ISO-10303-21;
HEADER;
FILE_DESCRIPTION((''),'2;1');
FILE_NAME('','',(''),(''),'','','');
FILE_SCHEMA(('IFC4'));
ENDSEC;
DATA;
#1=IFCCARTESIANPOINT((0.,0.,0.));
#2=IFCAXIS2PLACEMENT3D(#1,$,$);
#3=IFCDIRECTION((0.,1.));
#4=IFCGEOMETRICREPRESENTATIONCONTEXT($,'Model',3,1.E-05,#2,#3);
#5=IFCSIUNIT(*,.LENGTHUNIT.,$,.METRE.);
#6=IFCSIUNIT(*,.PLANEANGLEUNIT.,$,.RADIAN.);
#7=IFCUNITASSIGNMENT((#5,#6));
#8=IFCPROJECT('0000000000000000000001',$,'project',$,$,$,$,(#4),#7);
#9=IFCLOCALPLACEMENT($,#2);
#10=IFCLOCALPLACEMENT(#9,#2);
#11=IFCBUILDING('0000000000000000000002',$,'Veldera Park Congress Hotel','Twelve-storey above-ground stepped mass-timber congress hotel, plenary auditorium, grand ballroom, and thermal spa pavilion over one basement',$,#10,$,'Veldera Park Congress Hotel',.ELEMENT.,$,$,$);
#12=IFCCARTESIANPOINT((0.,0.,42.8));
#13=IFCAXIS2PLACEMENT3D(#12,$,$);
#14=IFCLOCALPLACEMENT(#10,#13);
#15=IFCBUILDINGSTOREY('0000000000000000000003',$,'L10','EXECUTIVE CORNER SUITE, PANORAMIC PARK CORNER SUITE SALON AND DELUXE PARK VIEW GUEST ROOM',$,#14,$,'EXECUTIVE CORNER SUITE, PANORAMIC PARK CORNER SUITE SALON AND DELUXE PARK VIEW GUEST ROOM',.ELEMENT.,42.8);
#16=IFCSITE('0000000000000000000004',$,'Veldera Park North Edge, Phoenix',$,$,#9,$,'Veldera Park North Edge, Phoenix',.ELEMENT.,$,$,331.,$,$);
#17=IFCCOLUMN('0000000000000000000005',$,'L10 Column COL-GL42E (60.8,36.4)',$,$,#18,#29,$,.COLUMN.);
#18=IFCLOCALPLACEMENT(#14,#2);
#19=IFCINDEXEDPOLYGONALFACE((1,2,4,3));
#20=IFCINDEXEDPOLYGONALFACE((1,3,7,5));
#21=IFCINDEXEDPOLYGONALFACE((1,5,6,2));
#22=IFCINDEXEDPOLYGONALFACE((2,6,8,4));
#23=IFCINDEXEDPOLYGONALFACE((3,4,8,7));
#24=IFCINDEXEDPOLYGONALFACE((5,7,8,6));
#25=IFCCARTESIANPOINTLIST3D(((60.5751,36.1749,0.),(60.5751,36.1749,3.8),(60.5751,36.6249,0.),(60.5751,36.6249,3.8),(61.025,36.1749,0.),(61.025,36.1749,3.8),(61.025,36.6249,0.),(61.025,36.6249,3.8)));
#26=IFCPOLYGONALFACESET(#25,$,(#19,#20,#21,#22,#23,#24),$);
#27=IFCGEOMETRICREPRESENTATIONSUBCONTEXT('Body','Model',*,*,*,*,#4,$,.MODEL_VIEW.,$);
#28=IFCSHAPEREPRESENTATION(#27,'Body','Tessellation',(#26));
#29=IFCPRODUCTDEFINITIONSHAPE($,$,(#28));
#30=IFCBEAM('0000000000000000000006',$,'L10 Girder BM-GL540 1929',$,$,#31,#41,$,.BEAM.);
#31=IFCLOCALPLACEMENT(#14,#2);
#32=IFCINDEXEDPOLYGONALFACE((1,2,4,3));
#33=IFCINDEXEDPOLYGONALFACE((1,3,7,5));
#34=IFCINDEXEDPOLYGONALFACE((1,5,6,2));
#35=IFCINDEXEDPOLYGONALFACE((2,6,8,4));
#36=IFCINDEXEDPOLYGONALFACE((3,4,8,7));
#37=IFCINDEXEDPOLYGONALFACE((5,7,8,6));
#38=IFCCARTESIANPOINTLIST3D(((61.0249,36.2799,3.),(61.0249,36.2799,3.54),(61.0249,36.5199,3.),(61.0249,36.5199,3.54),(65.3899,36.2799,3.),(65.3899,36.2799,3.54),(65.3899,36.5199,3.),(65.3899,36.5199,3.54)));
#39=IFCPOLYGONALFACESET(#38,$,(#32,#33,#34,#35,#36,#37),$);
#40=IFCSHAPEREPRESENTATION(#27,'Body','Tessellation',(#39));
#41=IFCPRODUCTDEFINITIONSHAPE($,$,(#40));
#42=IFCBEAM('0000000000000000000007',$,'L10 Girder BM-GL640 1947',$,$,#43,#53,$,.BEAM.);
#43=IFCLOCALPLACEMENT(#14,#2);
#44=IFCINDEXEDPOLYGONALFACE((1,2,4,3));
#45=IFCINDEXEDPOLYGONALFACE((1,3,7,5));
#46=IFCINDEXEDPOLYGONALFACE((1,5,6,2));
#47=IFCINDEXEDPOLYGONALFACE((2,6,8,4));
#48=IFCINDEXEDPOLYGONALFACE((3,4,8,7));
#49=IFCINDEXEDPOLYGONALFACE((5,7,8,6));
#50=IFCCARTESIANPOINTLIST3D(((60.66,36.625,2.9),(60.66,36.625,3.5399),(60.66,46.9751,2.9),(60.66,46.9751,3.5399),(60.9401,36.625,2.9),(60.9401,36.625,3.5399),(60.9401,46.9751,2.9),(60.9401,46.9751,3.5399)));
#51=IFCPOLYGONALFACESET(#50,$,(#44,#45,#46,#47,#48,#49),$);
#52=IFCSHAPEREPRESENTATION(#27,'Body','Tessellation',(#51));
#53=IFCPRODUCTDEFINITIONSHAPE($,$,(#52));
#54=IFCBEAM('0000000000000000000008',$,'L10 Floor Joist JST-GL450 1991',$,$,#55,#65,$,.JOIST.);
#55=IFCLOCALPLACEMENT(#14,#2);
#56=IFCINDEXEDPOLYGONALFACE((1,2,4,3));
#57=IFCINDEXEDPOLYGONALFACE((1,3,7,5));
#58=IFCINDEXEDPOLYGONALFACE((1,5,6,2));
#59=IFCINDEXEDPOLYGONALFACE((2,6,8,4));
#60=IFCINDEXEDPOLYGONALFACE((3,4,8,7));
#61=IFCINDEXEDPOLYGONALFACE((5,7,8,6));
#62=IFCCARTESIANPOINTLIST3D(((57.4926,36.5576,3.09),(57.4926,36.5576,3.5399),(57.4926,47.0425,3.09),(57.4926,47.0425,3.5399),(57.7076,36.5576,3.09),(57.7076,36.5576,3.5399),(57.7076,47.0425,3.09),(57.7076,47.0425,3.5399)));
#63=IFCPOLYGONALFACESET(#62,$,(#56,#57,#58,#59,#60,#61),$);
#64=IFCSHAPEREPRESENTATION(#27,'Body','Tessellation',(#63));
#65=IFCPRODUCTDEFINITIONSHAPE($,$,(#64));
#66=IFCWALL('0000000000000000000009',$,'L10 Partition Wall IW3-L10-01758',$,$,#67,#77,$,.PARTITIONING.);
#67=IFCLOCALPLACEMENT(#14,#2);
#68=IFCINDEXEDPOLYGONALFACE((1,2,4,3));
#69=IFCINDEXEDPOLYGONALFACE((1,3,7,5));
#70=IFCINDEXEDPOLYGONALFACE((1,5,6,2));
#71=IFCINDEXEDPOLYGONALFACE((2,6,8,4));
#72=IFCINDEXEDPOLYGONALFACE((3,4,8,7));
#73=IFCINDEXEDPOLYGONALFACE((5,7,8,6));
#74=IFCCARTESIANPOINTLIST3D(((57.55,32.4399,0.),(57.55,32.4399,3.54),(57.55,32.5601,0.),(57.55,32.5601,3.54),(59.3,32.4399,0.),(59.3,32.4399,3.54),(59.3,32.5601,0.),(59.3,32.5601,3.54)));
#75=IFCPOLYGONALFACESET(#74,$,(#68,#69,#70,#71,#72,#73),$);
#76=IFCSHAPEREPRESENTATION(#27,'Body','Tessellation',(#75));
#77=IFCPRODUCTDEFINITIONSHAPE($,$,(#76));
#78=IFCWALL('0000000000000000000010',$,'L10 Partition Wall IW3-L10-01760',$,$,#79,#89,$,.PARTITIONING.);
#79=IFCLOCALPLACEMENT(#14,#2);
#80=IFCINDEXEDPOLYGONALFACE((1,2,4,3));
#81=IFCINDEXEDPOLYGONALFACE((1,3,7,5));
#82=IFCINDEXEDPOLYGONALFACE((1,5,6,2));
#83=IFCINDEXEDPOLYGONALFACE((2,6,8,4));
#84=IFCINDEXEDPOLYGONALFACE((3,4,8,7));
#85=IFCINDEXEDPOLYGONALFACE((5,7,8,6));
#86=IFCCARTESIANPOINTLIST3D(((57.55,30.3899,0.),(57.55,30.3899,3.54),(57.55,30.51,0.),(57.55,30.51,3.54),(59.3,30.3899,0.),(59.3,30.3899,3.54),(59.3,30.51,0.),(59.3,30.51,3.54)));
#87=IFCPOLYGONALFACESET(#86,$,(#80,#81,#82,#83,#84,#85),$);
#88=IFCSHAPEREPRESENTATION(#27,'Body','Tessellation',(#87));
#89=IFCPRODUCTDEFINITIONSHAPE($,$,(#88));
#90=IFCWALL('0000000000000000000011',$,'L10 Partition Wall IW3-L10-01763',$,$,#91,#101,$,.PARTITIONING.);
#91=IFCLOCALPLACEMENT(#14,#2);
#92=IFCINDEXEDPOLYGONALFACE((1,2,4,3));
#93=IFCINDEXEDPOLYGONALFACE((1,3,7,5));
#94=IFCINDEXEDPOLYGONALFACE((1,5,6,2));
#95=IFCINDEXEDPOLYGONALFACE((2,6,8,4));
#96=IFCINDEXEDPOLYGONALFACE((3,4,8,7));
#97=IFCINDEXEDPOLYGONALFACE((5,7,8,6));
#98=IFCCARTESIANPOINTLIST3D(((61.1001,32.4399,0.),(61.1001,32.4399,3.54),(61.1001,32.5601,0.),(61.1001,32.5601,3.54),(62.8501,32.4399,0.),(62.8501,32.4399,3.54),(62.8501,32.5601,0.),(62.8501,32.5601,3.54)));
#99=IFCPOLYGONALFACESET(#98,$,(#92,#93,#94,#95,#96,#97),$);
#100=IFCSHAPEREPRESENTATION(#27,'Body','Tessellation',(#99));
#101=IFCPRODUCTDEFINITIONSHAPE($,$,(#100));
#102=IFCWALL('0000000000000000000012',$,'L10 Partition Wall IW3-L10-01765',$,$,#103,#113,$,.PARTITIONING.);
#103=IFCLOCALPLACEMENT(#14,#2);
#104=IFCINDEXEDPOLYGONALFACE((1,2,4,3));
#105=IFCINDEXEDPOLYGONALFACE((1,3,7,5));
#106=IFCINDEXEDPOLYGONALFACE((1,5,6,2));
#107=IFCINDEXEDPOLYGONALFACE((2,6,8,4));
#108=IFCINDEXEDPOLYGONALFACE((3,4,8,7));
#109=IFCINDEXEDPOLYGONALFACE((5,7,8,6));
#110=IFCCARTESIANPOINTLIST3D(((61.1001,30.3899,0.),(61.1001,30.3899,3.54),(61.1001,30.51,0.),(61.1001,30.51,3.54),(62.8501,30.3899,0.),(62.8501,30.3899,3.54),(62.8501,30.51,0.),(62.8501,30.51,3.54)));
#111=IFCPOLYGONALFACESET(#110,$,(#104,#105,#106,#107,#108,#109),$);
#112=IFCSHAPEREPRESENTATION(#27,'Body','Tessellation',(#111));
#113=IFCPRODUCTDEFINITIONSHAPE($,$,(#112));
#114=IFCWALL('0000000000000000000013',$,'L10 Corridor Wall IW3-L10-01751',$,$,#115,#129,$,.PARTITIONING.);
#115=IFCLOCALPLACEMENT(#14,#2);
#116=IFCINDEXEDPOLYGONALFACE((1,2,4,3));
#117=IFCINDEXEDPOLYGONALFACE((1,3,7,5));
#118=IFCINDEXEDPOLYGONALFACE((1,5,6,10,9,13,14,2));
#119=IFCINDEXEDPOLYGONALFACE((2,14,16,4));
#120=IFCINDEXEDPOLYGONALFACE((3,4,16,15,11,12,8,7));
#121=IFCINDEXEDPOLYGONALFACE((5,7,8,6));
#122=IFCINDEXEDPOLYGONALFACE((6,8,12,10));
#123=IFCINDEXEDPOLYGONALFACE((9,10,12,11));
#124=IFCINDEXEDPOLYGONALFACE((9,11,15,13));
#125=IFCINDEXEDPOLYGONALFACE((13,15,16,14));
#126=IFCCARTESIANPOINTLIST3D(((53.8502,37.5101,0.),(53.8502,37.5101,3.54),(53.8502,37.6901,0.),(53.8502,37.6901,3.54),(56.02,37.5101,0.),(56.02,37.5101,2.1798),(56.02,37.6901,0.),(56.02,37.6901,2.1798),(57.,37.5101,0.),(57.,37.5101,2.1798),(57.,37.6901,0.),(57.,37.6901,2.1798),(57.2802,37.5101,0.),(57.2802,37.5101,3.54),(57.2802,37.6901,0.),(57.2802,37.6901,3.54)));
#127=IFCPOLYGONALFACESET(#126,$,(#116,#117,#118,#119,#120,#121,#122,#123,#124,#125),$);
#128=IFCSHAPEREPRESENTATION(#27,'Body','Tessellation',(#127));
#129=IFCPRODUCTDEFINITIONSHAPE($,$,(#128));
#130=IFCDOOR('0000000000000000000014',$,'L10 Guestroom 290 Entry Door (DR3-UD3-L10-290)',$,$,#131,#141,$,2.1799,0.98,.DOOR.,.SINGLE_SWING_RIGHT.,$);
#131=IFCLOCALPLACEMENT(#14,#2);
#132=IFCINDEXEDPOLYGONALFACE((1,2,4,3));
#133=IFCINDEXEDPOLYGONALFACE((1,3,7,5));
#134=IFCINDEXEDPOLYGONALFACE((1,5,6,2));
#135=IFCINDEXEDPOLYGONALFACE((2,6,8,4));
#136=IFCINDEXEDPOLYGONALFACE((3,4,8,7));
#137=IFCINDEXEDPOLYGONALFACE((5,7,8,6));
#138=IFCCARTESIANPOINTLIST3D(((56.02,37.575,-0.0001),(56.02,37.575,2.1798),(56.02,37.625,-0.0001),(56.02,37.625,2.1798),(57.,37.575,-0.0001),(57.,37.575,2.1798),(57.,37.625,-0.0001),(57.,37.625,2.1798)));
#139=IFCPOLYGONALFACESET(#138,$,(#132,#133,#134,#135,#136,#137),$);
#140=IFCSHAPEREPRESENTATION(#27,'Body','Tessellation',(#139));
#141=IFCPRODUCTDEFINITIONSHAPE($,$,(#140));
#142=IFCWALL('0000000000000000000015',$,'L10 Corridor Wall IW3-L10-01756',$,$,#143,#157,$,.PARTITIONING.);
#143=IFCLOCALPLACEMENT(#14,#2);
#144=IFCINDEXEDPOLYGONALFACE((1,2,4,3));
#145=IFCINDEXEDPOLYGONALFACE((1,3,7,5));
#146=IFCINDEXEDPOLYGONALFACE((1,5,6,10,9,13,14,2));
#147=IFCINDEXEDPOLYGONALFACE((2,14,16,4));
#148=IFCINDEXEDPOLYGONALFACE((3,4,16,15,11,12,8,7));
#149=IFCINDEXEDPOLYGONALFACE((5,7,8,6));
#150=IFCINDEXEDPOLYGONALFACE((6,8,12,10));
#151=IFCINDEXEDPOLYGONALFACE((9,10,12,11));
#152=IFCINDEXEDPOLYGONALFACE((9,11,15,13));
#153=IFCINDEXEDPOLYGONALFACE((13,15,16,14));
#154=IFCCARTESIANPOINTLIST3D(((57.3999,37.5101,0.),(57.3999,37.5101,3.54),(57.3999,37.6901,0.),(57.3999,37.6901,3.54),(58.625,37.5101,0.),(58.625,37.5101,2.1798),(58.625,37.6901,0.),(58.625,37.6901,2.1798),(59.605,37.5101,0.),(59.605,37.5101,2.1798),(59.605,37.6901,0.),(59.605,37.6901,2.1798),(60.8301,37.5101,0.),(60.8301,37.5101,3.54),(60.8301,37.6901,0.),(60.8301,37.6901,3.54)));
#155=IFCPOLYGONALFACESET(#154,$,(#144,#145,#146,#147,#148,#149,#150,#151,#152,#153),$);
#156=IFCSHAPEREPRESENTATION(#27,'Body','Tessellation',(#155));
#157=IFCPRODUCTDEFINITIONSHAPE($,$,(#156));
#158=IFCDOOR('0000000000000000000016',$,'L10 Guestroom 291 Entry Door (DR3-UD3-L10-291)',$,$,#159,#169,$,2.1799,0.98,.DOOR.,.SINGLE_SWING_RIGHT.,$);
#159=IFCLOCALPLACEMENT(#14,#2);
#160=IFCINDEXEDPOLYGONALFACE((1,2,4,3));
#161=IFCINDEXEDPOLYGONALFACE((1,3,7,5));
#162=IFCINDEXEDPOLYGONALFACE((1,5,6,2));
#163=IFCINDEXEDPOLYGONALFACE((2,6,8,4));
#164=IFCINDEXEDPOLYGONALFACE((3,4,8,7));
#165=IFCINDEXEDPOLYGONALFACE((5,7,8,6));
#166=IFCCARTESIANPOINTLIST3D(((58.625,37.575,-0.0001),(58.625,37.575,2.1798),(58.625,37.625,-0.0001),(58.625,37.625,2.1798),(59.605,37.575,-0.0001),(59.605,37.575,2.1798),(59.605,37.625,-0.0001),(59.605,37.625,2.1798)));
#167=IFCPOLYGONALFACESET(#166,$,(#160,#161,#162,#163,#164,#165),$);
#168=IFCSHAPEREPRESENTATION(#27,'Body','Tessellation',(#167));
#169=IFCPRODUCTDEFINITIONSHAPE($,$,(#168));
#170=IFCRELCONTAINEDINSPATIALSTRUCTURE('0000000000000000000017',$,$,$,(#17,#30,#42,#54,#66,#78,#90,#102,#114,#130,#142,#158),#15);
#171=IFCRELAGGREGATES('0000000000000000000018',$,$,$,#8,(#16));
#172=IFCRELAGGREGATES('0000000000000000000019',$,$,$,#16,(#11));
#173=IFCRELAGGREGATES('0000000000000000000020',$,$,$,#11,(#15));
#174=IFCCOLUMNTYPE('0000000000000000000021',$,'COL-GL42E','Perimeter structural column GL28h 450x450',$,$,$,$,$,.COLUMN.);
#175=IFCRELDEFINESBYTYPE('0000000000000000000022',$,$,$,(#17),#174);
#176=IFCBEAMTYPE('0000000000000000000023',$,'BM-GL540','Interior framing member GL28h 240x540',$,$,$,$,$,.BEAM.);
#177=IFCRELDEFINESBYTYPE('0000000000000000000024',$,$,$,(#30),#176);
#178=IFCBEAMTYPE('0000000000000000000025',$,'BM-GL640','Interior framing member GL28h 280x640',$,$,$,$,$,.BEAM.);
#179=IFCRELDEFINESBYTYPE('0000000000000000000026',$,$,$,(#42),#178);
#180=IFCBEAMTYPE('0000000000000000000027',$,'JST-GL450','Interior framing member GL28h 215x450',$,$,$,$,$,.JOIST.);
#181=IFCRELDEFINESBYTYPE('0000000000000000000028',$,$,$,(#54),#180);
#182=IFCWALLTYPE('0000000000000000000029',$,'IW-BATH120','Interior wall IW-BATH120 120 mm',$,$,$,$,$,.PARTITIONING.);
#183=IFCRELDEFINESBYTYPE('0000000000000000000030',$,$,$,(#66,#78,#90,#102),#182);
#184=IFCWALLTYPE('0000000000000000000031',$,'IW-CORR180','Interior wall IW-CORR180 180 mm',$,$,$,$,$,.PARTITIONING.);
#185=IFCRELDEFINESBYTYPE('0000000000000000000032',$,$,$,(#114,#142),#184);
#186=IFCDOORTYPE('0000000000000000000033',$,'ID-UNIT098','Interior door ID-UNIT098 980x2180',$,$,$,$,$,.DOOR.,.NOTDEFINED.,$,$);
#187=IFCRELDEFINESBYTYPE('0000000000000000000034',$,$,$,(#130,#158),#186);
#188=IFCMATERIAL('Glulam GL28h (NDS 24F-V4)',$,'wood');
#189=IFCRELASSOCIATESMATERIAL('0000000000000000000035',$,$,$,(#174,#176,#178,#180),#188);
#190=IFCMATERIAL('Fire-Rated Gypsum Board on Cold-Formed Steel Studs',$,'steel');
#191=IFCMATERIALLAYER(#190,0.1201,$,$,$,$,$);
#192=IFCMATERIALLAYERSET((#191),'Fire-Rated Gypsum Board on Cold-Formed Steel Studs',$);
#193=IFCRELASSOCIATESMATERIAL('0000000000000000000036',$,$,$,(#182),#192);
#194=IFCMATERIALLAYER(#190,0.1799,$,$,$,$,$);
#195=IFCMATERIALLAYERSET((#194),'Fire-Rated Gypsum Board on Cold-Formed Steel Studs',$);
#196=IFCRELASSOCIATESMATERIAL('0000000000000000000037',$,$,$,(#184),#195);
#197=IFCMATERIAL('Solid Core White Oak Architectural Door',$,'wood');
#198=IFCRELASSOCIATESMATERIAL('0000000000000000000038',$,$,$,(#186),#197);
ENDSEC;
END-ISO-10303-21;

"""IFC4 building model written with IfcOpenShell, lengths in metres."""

from ifc_helpers import new_model, si_unit, direction, frame, frame_2d, origin, origin_2d, place, context, subcontext, project, spatial, rectangle, extrude, material, layer, layer_set, material_profile, profile_set, type_object, element, fill, save


model = new_model("IFC4")

# Units and contexts
model_context = context("Model", 3, precision=1e-05, world=origin(), true_north=direction((0.0, 1.0)))
body_context = subcontext(model_context, "Body", "Model", "MODEL_VIEW")
ifc_project = project(units=[si_unit("LENGTHUNIT", "METRE"), si_unit("PLANEANGLEUNIT", "RADIAN")], contexts=[model_context])

# Site, building, storey
site_placement = place(None, origin())
site = spatial("IfcSite", under=ifc_project, at=site_placement, Name="Veldera Park North Edge, Phoenix", LongName="Veldera Park North Edge, Phoenix", CompositionType="ELEMENT", RefElevation=331.0)
building_placement = place(site_placement, origin())
building = spatial("IfcBuilding", under=site, at=building_placement, Name="Veldera Park Congress Hotel", Description="Twelve-storey above-ground stepped mass-timber congress hotel, plenary auditorium, grand ballroom, and thermal spa pavilion over one basement", LongName="Veldera Park Congress Hotel", CompositionType="ELEMENT")
storey_placement = place(building_placement, frame((0.0, 0.0, 42.8)))
storey = spatial("IfcBuildingStorey", under=building, at=storey_placement, Name="L10", Description="EXECUTIVE CORNER SUITE, PANORAMIC PARK CORNER SUITE SALON AND DELUXE PARK VIEW GUEST ROOM", LongName="EXECUTIVE CORNER SUITE, PANORAMIC PARK CORNER SUITE SALON AND DELUXE PARK VIEW GUEST ROOM", CompositionType="ELEMENT", Elevation=42.8)

# Column
ifc_material_1 = material(Name="Glulam GL28h (NDS 24F-V4)", Category="wood")
ifc_material_profile_1 = material_profile(ifc_material_1, rectangle(XDim=0.45, YDim=0.45, at=origin_2d()), Name="GL28h 450x450")
ifc_profile_set_1 = profile_set([ifc_material_profile_1], Name="Glulam GL28h (NDS 24F-V4)")
column_type = type_object("IfcColumnType", Name="COL-GL42E", Description="Perimeter structural column GL28h 450x450", PredefinedType="COLUMN", material=ifc_profile_set_1)
column_placement = place(storey_placement, frame((60.8, 36.3999, 0.0), z_axis=(0.0, 0.0, 1.0), x_axis=(1.0, 0.0, 0.0)))
element("IfcColumn", 1, at=column_placement, inside=storey, type_object=column_type, Name="L10 Column COL-GL42E (60.8,36.4)", PredefinedType="COLUMN", context=body_context, shape_type="SweptSolid", body=[
    extrude(rectangle(XDim=0.45, YDim=0.45, at=origin_2d()), origin(), (0.0, 0.0, 1.0), 3.8),
])

# Beams
ifc_material_profile_2 = material_profile(ifc_material_1, rectangle(XDim=0.24, YDim=0.54, at=origin_2d()), Name="GL28h 240x540")
ifc_profile_set_2 = profile_set([ifc_material_profile_2], Name="Glulam GL28h (NDS 24F-V4)")
beam_type_1 = type_object("IfcBeamType", Name="BM-GL540", Description="Interior framing member GL28h 240x540", PredefinedType="BEAM", material=ifc_profile_set_2)
beam_1_placement = place(storey_placement, frame((61.0249, 36.3999, 3.27), z_axis=(1.0, 0.0, 0.0), x_axis=(0.0, 1.0, 0.0)))
element("IfcBeam", 2, at=beam_1_placement, inside=storey, type_object=beam_type_1, Name="L10 Girder BM-GL540 1929", PredefinedType="BEAM", context=body_context, shape_type="SweptSolid", body=[
    extrude(rectangle(XDim=0.24, YDim=0.54, at=origin_2d()), origin(), (0.0, 0.0, 1.0), 4.365),
])
ifc_material_profile_3 = material_profile(ifc_material_1, rectangle(XDim=0.28, YDim=0.6399, at=origin_2d()), Name="GL28h 280x640")
ifc_profile_set_3 = profile_set([ifc_material_profile_3], Name="Glulam GL28h (NDS 24F-V4)")
beam_type_2 = type_object("IfcBeamType", Name="BM-GL640", Description="Interior framing member GL28h 280x640", PredefinedType="BEAM", material=ifc_profile_set_3)
beam_2_placement = place(storey_placement, frame((60.8, 36.625, 3.22), z_axis=(0.0, 1.0, 0.0), x_axis=(-1.0, 0.0, 0.0)))
element("IfcBeam", 3, at=beam_2_placement, inside=storey, type_object=beam_type_2, Name="L10 Girder BM-GL640 1947", PredefinedType="BEAM", context=body_context, shape_type="SweptSolid", body=[
    extrude(rectangle(XDim=0.28, YDim=0.6399, at=origin_2d()), origin(), (0.0, 0.0, 1.0), 10.3501),
])
ifc_material_profile_4 = material_profile(ifc_material_1, rectangle(XDim=0.2151, YDim=0.45, at=origin_2d()), Name="GL28h 215x450")
ifc_profile_set_4 = profile_set([ifc_material_profile_4], Name="Glulam GL28h (NDS 24F-V4)")
beam_type_3 = type_object("IfcBeamType", Name="JST-GL450", Description="Interior framing member GL28h 215x450", PredefinedType="JOIST", material=ifc_profile_set_4)
beam_3_placement = place(storey_placement, frame((57.6001, 36.5576, 3.3149), z_axis=(0.0, 1.0, 0.0), x_axis=(-1.0, 0.0, 0.0)))
element("IfcBeam", 4, at=beam_3_placement, inside=storey, type_object=beam_type_3, Name="L10 Floor Joist JST-GL450 1991", PredefinedType="JOIST", context=body_context, shape_type="SweptSolid", body=[
    extrude(rectangle(XDim=0.2151, YDim=0.45, at=origin_2d()), origin(), (0.0, 0.0, 1.0), 10.4849),
])

# Wall
ifc_material_2 = material(Name="Fire-Rated Gypsum Board on Cold-Formed Steel Studs", Category="steel")
ifc_layer_1 = layer(ifc_material_2, 0.1201)
ifc_layer_set_1 = layer_set([ifc_layer_1], Name="Fire-Rated Gypsum Board on Cold-Formed Steel Studs")
wall_type_1 = type_object("IfcWallType", Name="IW-BATH120", Description="Interior wall IW-BATH120 120 mm", PredefinedType="PARTITIONING", material=ifc_layer_set_1)
wall_1_placement = place(storey_placement, frame((57.55, 32.5, 0.0), z_axis=(0.0, 0.0, 1.0), x_axis=(1.0, 0.0, 0.0)))
element("IfcWall", 5, at=wall_1_placement, inside=storey, type_object=wall_type_1, Name="L10 Partition Wall IW3-L10-01758", PredefinedType="PARTITIONING", context=body_context, shape_type="SweptSolid", body=[
    extrude(rectangle(XDim=1.75, YDim=0.1201, at=frame_2d((0.875, 0.0))), origin(), (0.0, 0.0, 1.0), 3.54),
])

# Shared definitions
ifc_material_3 = material(Name="Solid Core White Oak Architectural Door", Category="wood")

# Walls
for number, where, z_axis, x_axis, name in (
    (6, (57.55, 30.45, 0.0), (0.0, 0.0, 1.0), (1.0, 0.0, 0.0), "L10 Partition Wall IW3-L10-01760"),
    (7, (61.1001, 32.5, 0.0), (0.0, 0.0, 1.0), (1.0, 0.0, 0.0), "L10 Partition Wall IW3-L10-01763"),
):
    element("IfcWall", number, at=place(storey_placement, frame(where, z_axis=z_axis, x_axis=x_axis)), inside=storey, type_object=wall_type_1, Name=name, PredefinedType="PARTITIONING", context=body_context, shape_type="SweptSolid", body=[
        extrude(rectangle(XDim=1.75, YDim=0.1201, at=frame_2d((0.875, 0.0))), origin(), (0.0, 0.0, 1.0), 3.54),
    ])

# Wall
wall_2_placement = place(storey_placement, frame((61.1001, 30.45, 0.0), z_axis=(0.0, 0.0, 1.0), x_axis=(1.0, 0.0, 0.0)))
element("IfcWall", 8, at=wall_2_placement, inside=storey, type_object=wall_type_1, Name="L10 Partition Wall IW3-L10-01765", PredefinedType="PARTITIONING", context=body_context, shape_type="SweptSolid", body=[
    extrude(rectangle(XDim=1.75, YDim=0.1201, at=frame_2d((0.875, 0.0))), origin(), (0.0, 0.0, 1.0), 3.54),
])

# Walls, openings, doors
ifc_layer_2 = layer(ifc_material_2, 0.1799)
ifc_layer_set_2 = layer_set([ifc_layer_2], Name="Fire-Rated Gypsum Board on Cold-Formed Steel Studs")
wall_type_2 = type_object("IfcWallType", Name="IW-CORR180", Description="Interior wall IW-CORR180 180 mm", PredefinedType="PARTITIONING", material=ifc_layer_set_2)
wall_3_placement = place(storey_placement, frame((57.28, 37.6001, 0.0), z_axis=(0.0, 0.0, 1.0), x_axis=(-1.0, 0.0, 0.0)))
wall_3 = element("IfcWall", 9, at=wall_3_placement, inside=storey, type_object=wall_type_2, Name="L10 Corridor Wall IW3-L10-01751", PredefinedType="PARTITIONING", context=body_context, shape_type="SweptSolid", body=[
    extrude(rectangle(XDim=3.4299, YDim=0.1799, at=frame_2d((1.7148, 0.0))), origin(), (0.0, 0.0, 1.0), 3.54),
])
opening_1_placement = place(wall_3_placement, frame((0.28, 0.0, 0.0)))
opening_1 = element("IfcOpeningElement", 10, at=opening_1_placement, cuts=wall_3, PredefinedType="OPENING", context=body_context, shape_type="SweptSolid", body=[
    extrude(rectangle(XDim=0.98, YDim=2.1799, at=frame_2d((0.49, 1.0898))), frame((0.0, 0.1021, 0.0), z_axis=(0.0, -1.0, 0.0), x_axis=(1.0, 0.0, 0.0)), (0.0, 0.0, 1.0), 0.2039),
])
door_type_1 = type_object("IfcDoorType", Name="ID-UNIT098", Description="Interior door ID-UNIT098 980x2180", OperationType="NOTDEFINED", PredefinedType="DOOR", material=ifc_material_3)
door_1_placement = place(opening_1_placement, frame((0.98, 0.0, 0.0), z_axis=(0.0, 0.0, 1.0), x_axis=(-1.0, 0.0, 0.0)))
door_1 = element("IfcDoor", 11, at=door_1_placement, inside=storey, type_object=door_type_1, Name="L10 Guestroom 290 Entry Door (DR3-UD3-L10-290)", OperationType="SINGLE_SWING_RIGHT", OverallHeight=2.1799, OverallWidth=0.98, PredefinedType="DOOR", context=body_context, shape_type="SweptSolid", body=[
    extrude(rectangle(XDim=0.98, YDim=2.1799, at=frame_2d((0.49, 1.0898))), frame((0.0, 0.0249, 0.0), z_axis=(0.0, -1.0, 0.0), x_axis=(1.0, 0.0, 0.0)), (0.0, 0.0, 1.0), 0.05),
])
fill(opening_1, door_1)
wall_4_placement = place(storey_placement, frame((60.8301, 37.6001, 0.0), z_axis=(0.0, 0.0, 1.0), x_axis=(-1.0, 0.0, 0.0)))
wall_4 = element("IfcWall", 12, at=wall_4_placement, inside=storey, type_object=wall_type_2, Name="L10 Corridor Wall IW3-L10-01756", PredefinedType="PARTITIONING", context=body_context, shape_type="SweptSolid", body=[
    extrude(rectangle(XDim=3.4302, YDim=0.1799, at=frame_2d((1.7151, 0.0))), origin(), (0.0, 0.0, 1.0), 3.54),
])
opening_2_placement = place(wall_4_placement, frame((1.2251, 0.0, 0.0)))
opening_2 = element("IfcOpeningElement", 13, at=opening_2_placement, cuts=wall_4, PredefinedType="OPENING", context=body_context, shape_type="SweptSolid", body=[
    extrude(rectangle(XDim=0.98, YDim=2.1799, at=frame_2d((0.49, 1.0898))), frame((0.0, 0.1021, 0.0), z_axis=(0.0, -1.0, 0.0), x_axis=(1.0, 0.0, 0.0)), (0.0, 0.0, 1.0), 0.2039),
])
door_2_placement = place(opening_2_placement, frame((0.98, 0.0, 0.0), z_axis=(0.0, 0.0, 1.0), x_axis=(-1.0, 0.0, 0.0)))
door_2 = element("IfcDoor", 14, at=door_2_placement, inside=storey, type_object=door_type_1, Name="L10 Guestroom 291 Entry Door (DR3-UD3-L10-291)", OperationType="SINGLE_SWING_RIGHT", OverallHeight=2.1799, OverallWidth=0.98, PredefinedType="DOOR", context=body_context, shape_type="SweptSolid", body=[
    extrude(rectangle(XDim=0.98, YDim=2.1799, at=frame_2d((0.49, 1.0898))), frame((0.0, 0.0249, 0.0), z_axis=(0.0, -1.0, 0.0), x_axis=(1.0, 0.0, 0.0)), (0.0, 0.0, 1.0), 0.05),
])
fill(opening_2, door_2)

save(model, "model.ifc")
